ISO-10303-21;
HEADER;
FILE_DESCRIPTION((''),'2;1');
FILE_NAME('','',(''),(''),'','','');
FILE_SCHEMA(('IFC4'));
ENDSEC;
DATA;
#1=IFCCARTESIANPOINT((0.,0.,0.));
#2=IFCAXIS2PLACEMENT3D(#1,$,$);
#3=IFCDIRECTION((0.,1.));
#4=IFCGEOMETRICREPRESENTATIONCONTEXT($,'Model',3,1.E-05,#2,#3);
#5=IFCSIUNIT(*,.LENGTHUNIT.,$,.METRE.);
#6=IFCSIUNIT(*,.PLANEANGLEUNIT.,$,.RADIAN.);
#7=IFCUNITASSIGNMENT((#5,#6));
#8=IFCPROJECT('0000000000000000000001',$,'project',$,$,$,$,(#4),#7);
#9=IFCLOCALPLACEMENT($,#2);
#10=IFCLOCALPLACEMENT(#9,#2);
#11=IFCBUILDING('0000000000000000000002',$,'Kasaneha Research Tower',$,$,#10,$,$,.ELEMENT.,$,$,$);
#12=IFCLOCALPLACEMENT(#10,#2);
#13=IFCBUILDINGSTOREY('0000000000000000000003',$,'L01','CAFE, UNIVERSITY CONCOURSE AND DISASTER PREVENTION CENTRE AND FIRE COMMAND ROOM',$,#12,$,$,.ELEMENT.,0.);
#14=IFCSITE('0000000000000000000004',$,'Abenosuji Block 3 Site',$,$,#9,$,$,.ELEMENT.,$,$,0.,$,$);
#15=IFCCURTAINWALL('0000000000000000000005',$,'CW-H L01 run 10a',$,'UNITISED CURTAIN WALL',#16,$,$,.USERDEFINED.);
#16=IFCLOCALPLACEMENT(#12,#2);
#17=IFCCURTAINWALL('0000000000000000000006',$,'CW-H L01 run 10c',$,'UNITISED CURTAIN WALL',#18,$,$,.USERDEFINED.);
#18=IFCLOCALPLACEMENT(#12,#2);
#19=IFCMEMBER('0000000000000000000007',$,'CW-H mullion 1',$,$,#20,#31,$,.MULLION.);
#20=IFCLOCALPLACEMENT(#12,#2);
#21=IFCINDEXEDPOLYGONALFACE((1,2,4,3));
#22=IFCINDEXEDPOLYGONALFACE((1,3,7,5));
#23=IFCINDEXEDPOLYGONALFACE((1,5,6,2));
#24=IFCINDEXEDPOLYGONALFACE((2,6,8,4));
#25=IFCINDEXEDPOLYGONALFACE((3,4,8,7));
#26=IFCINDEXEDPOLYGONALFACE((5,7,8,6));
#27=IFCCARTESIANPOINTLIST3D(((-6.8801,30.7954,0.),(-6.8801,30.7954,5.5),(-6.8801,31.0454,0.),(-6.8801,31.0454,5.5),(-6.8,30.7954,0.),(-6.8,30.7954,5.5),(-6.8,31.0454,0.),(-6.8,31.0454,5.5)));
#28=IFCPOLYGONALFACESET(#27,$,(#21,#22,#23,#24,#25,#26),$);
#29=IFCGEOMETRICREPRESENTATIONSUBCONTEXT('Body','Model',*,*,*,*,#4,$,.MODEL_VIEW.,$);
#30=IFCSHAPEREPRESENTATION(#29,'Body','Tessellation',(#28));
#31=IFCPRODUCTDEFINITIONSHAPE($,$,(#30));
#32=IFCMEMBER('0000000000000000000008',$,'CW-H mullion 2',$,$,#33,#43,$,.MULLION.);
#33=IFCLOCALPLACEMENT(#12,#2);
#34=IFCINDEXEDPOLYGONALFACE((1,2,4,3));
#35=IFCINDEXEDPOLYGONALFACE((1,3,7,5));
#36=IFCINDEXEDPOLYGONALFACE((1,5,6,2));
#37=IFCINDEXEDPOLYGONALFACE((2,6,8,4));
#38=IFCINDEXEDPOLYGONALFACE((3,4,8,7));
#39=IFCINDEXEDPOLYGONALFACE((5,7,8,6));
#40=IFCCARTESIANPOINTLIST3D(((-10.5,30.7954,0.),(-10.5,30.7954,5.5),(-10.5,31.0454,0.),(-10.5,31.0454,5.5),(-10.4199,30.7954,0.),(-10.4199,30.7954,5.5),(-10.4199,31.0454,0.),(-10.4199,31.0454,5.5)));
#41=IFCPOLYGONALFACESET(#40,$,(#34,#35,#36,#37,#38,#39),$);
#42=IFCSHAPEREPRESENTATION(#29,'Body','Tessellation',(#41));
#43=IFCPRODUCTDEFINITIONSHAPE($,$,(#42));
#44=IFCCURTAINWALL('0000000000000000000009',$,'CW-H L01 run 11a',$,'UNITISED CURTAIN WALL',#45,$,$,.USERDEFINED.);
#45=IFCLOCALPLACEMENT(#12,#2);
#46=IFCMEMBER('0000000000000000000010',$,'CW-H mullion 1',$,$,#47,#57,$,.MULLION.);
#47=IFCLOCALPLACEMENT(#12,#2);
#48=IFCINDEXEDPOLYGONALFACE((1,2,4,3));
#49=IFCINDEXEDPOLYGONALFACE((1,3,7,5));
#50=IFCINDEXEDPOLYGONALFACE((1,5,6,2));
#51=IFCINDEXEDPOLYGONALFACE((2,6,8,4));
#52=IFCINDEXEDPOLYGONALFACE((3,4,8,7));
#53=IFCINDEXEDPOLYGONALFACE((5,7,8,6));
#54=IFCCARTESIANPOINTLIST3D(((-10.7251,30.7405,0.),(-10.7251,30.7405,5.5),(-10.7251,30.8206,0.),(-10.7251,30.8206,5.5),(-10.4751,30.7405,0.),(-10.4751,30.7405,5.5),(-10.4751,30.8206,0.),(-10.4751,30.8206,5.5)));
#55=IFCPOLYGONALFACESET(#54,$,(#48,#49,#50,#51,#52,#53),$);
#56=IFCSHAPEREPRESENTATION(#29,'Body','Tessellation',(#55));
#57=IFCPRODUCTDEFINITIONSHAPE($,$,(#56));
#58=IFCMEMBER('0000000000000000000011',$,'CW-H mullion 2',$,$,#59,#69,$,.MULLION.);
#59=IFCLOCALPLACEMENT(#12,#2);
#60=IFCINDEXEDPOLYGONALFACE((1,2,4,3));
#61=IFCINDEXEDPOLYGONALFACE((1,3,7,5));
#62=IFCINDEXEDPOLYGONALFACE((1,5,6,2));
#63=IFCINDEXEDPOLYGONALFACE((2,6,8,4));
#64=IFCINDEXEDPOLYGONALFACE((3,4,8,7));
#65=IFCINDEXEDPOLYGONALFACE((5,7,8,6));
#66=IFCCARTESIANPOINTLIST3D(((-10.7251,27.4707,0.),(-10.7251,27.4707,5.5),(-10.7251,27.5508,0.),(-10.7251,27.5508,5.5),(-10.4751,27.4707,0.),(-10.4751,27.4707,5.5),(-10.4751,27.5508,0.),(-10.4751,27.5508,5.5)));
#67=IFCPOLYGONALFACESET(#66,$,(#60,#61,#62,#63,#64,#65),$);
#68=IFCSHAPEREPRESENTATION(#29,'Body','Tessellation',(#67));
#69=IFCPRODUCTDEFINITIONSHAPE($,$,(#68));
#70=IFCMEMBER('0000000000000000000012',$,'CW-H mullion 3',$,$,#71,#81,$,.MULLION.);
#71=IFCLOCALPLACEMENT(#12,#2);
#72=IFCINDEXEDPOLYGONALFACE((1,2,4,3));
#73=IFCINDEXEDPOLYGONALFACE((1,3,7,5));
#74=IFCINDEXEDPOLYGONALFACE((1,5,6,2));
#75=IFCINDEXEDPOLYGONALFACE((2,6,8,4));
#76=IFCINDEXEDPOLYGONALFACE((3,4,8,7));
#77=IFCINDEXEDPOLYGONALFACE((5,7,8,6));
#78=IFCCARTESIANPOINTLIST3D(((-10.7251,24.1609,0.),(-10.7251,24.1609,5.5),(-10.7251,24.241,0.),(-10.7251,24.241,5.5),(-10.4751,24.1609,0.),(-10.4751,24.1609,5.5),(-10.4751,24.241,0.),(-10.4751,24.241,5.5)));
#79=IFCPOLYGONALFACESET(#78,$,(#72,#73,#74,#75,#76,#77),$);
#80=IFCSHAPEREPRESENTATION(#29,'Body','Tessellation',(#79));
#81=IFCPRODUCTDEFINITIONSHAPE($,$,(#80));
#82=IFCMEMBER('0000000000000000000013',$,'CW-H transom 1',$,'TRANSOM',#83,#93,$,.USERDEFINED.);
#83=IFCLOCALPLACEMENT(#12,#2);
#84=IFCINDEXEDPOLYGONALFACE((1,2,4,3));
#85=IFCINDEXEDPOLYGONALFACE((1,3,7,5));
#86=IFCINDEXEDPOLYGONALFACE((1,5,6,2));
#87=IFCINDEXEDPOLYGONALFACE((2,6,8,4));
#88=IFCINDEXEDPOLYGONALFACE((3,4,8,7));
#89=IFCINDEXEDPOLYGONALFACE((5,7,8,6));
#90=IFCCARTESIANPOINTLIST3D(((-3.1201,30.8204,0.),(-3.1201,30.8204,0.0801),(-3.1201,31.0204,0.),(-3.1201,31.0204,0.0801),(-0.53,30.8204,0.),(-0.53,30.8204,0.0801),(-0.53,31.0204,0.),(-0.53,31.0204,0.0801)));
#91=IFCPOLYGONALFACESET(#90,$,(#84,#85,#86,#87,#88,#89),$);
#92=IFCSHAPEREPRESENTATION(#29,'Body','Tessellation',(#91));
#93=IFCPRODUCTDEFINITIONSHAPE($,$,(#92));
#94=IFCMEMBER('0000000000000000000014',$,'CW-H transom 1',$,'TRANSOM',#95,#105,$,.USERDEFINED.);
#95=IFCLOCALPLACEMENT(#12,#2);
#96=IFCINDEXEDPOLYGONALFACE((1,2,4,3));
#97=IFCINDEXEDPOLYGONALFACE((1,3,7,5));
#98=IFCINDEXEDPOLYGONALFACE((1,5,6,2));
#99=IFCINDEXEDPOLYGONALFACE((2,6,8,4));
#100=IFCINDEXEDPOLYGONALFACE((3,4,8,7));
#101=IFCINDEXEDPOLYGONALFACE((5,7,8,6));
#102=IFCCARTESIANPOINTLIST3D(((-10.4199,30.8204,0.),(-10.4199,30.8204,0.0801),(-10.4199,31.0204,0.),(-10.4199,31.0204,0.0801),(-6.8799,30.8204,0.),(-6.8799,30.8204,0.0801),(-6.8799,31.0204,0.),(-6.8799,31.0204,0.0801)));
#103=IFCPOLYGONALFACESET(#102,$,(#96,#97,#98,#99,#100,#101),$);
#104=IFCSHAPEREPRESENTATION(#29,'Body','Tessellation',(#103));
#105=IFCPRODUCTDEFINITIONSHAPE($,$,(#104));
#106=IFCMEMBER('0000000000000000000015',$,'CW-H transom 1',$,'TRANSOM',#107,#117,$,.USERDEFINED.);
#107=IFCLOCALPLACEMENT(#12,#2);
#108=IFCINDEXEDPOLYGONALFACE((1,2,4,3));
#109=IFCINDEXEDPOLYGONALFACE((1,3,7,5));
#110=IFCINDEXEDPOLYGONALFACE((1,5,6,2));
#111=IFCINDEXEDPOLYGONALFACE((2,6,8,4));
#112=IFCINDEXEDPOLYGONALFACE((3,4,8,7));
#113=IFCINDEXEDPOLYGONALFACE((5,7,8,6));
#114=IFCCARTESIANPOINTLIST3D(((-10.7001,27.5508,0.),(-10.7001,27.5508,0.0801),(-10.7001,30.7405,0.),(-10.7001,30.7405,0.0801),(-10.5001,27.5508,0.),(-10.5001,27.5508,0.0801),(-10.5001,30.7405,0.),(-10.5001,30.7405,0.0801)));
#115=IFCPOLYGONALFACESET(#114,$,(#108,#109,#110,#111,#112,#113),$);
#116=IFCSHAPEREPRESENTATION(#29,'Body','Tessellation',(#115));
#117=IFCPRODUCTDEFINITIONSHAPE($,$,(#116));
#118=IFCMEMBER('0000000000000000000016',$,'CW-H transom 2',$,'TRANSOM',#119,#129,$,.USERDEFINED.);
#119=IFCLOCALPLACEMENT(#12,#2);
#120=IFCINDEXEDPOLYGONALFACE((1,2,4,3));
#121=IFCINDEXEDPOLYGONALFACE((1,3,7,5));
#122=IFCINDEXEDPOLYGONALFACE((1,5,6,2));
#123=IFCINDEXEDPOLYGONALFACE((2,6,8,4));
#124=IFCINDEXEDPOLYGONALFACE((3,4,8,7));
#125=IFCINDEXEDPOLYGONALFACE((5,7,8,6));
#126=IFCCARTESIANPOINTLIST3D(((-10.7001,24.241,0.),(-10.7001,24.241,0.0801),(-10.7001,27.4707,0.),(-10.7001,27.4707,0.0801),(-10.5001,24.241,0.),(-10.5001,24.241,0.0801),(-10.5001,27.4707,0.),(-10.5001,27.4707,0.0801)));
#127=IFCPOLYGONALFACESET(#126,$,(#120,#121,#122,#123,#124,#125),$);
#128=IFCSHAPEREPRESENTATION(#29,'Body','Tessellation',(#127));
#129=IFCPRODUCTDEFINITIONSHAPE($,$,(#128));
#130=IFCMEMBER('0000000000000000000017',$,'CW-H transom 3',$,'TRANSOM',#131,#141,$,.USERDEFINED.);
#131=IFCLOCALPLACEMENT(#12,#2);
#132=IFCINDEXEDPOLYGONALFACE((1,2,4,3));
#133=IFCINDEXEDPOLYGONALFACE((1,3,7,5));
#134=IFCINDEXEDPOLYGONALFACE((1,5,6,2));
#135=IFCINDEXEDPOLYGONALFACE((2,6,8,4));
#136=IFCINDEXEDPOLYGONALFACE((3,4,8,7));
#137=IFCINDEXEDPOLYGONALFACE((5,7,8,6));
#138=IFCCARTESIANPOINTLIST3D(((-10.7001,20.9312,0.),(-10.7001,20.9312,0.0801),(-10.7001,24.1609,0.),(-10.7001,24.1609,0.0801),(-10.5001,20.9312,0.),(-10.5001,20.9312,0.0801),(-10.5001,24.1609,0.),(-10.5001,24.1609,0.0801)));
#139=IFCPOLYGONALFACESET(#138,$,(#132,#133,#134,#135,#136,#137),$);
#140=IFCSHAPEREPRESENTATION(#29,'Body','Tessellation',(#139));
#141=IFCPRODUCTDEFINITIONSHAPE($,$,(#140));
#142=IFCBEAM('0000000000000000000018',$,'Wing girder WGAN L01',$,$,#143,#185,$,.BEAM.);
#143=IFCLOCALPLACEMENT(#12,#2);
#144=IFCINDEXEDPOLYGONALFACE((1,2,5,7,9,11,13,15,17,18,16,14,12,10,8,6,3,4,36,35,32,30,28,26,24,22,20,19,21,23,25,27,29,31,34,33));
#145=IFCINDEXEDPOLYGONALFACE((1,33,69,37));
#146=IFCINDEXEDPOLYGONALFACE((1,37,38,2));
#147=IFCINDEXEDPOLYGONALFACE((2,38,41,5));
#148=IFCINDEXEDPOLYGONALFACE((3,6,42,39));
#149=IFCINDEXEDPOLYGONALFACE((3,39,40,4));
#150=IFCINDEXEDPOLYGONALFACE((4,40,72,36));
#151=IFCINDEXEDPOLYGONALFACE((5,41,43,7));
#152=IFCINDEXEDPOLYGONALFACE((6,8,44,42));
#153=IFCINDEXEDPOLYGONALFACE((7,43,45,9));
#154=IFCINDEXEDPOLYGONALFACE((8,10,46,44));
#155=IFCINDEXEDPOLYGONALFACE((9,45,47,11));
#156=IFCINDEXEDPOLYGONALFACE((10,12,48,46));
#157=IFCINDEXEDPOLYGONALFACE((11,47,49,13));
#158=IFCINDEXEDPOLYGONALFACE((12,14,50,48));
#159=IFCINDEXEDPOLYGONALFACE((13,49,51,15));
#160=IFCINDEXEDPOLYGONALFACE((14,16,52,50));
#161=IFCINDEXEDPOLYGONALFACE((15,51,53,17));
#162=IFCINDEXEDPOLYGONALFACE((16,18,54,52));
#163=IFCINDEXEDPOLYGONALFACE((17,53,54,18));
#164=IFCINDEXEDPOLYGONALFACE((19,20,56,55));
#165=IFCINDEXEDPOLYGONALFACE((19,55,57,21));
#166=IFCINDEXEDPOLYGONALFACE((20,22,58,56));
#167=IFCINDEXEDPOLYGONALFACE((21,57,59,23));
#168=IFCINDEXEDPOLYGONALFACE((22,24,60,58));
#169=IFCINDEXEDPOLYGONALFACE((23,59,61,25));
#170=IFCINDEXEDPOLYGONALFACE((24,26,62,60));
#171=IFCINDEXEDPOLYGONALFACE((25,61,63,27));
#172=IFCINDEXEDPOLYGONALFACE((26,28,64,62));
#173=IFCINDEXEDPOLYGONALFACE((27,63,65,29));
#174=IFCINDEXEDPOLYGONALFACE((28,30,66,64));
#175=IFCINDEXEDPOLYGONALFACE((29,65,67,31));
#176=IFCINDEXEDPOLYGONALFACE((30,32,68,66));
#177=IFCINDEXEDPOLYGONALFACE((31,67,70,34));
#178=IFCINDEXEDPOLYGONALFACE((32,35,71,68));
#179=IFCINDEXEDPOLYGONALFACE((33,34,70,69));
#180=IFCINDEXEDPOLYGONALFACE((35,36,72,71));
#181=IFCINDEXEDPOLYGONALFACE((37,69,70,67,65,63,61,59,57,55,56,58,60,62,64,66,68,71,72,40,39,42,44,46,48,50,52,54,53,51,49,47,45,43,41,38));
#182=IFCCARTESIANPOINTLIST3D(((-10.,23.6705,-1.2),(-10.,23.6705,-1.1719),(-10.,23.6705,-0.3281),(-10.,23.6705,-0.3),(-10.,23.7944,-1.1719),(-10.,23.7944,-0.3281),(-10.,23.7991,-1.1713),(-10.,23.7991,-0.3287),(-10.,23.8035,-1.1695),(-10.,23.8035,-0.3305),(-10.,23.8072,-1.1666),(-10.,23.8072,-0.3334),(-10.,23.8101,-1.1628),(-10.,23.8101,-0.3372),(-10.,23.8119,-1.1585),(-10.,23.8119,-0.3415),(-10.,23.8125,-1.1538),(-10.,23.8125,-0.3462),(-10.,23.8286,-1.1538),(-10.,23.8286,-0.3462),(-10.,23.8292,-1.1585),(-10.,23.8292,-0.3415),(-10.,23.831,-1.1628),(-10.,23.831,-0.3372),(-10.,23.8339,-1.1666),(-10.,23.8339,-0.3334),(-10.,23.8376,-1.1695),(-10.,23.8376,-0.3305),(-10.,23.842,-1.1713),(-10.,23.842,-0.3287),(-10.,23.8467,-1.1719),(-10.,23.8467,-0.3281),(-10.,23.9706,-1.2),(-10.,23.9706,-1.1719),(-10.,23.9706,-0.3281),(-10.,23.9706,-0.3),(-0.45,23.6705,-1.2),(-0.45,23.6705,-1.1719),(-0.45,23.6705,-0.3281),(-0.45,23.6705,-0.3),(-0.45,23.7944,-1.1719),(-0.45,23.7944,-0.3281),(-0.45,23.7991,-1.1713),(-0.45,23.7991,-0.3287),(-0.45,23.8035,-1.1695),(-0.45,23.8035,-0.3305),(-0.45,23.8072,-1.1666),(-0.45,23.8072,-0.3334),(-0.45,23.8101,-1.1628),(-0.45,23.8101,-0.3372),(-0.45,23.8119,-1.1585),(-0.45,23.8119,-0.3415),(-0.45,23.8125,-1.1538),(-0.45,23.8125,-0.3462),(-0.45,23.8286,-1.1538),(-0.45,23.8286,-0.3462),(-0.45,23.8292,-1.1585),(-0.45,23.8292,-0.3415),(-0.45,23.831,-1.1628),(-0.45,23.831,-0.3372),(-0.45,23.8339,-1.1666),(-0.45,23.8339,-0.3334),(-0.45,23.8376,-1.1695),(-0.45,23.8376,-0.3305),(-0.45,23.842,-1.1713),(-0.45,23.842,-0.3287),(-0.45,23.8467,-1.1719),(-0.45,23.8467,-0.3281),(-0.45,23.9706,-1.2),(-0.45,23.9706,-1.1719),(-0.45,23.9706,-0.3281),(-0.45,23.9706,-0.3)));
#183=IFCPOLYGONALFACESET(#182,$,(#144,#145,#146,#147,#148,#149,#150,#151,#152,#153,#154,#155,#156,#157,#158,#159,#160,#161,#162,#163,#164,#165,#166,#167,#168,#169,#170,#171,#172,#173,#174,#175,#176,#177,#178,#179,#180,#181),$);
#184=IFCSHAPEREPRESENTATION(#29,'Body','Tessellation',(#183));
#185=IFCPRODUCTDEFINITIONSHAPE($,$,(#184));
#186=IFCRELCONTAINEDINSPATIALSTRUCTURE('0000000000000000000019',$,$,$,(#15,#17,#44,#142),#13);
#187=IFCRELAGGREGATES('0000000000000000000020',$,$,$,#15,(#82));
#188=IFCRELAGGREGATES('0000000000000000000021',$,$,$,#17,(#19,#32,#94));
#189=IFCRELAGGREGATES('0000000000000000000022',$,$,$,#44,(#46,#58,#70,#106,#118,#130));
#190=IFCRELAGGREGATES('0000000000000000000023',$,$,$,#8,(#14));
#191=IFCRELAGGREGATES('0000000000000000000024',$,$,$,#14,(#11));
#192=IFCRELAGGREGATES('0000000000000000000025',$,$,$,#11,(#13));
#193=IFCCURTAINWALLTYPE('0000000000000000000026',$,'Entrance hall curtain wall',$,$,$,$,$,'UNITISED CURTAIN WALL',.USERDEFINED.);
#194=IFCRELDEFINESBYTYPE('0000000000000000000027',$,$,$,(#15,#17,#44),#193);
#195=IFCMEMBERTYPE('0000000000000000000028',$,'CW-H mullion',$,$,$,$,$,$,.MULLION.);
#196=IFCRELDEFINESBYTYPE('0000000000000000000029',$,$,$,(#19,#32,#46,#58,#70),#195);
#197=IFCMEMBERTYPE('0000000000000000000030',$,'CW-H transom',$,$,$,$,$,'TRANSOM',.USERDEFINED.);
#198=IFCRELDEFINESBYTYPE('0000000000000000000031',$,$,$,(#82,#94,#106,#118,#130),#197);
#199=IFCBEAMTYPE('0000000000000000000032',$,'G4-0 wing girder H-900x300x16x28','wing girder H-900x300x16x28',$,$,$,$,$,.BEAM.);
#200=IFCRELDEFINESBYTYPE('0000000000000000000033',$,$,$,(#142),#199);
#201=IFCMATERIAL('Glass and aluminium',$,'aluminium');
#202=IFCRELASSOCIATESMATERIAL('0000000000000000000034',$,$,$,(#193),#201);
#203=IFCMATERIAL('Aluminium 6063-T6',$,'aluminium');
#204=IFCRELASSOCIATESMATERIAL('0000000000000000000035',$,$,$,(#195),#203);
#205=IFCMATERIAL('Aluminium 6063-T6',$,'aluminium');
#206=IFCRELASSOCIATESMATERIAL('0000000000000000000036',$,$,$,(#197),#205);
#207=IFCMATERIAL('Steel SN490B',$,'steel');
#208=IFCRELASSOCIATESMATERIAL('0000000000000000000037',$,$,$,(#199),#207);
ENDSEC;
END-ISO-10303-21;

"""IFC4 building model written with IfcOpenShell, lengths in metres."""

from ifc_helpers import new_model, si_unit, direction, frame, origin, origin_2d, place, context, subcontext, project, spatial, rectangle, i_section, extrude, material, material_profile, profile_set, type_object, element, aggregate, save


model = new_model("IFC4")

# Units and contexts
model_context = context("Model", 3, precision=1e-05, world=origin(), true_north=direction((0.0, 1.0)))
body_context = subcontext(model_context, "Body", "Model", "MODEL_VIEW")
ifc_project = project(units=[si_unit("LENGTHUNIT", "METRE"), si_unit("PLANEANGLEUNIT", "RADIAN")], contexts=[model_context])

# Site, building, storey
site_placement = place(None, origin())
site = spatial("IfcSite", under=ifc_project, at=site_placement, Name="Abenosuji Block 3 Site", CompositionType="ELEMENT", RefElevation=0.0)
building_placement = place(site_placement, origin())
building = spatial("IfcBuilding", under=site, at=building_placement, Name="Kasaneha Research Tower", CompositionType="ELEMENT")
storey_placement = place(building_placement, origin())
storey = spatial("IfcBuildingStorey", under=building, at=storey_placement, Name="L01", Description="CAFE, UNIVERSITY CONCOURSE AND DISASTER PREVENTION CENTRE AND FIRE COMMAND ROOM", CompositionType="ELEMENT", Elevation=0.0)

# Curtain walls, members
ifc_material_1 = material(Name="Glass and aluminium", Category="aluminium")
curtain_wall_type = type_object("IfcCurtainWallType", Name="Entrance hall curtain wall", ElementType="UNITISED CURTAIN WALL", PredefinedType="USERDEFINED", material=ifc_material_1)
curtain_wall_1_placement = place(storey_placement, origin())
curtain_wall_1 = element("IfcCurtainWall", 1, at=curtain_wall_1_placement, inside=storey, type_object=curtain_wall_type, Name="CW-H L01 run 10a", ObjectType="UNITISED CURTAIN WALL", PredefinedType="USERDEFINED")
ifc_material_2 = material(Name="Aluminium 6063-T6", Category="aluminium")
ifc_material_profile_1 = material_profile(ifc_material_2, rectangle(XDim=0.0801, YDim=0.25, at=origin_2d()), Name="CW-H mullion 80x250")
ifc_profile_set_1 = profile_set([ifc_material_profile_1], Name="Aluminium 6063-T6")
member_type_1 = type_object("IfcMemberType", Name="CW-H mullion", PredefinedType="MULLION", material=ifc_profile_set_1)
curtain_wall_2_placement = place(storey_placement, origin())
curtain_wall_2 = element("IfcCurtainWall", 2, at=curtain_wall_2_placement, inside=storey, type_object=curtain_wall_type, Name="CW-H L01 run 10c", ObjectType="UNITISED CURTAIN WALL", PredefinedType="USERDEFINED")
member_1_placement = place(storey_placement, frame((-6.8401, 30.9204, 0.0), z_axis=(0.0, 0.0, 1.0), x_axis=(-1.0, 0.0, 0.0)))
member_1 = element("IfcMember", 3, at=member_1_placement, type_object=member_type_1, Name="CW-H mullion 1", PredefinedType="MULLION", context=body_context, shape_type="SweptSolid", body=[
    extrude(rectangle(XDim=0.0801, YDim=0.25, at=origin_2d()), origin(), (0.0, 0.0, 1.0), 5.5),
])
member_2_placement = place(storey_placement, frame((-10.46, 30.9204, 0.0), z_axis=(0.0, 0.0, 1.0), x_axis=(-1.0, 0.0, 0.0)))
member_2 = element("IfcMember", 4, at=member_2_placement, type_object=member_type_1, Name="CW-H mullion 2", PredefinedType="MULLION", context=body_context, shape_type="SweptSolid", body=[
    extrude(rectangle(XDim=0.0801, YDim=0.25, at=origin_2d()), origin(), (0.0, 0.0, 1.0), 5.5),
])
curtain_wall_3_placement = place(storey_placement, origin())
curtain_wall_3 = element("IfcCurtainWall", 5, at=curtain_wall_3_placement, inside=storey, type_object=curtain_wall_type, Name="CW-H L01 run 11a", ObjectType="UNITISED CURTAIN WALL", PredefinedType="USERDEFINED")
member_3_placement = place(storey_placement, frame((-10.6001, 30.7805, 0.0), z_axis=(0.0, 0.0, 1.0), x_axis=(0.0, -1.0, 0.0)))
member_3 = element("IfcMember", 6, at=member_3_placement, type_object=member_type_1, Name="CW-H mullion 1", PredefinedType="MULLION", context=body_context, shape_type="SweptSolid", body=[
    extrude(rectangle(XDim=0.0801, YDim=0.25, at=origin_2d()), origin(), (0.0, 0.0, 1.0), 5.5),
])
member_4_placement = place(storey_placement, frame((-10.6001, 27.5107, 0.0), z_axis=(0.0, 0.0, 1.0), x_axis=(0.0, -1.0, 0.0)))
member_4 = element("IfcMember", 7, at=member_4_placement, type_object=member_type_1, Name="CW-H mullion 2", PredefinedType="MULLION", context=body_context, shape_type="SweptSolid", body=[
    extrude(rectangle(XDim=0.0801, YDim=0.25, at=origin_2d()), origin(), (0.0, 0.0, 1.0), 5.5),
])
member_5_placement = place(storey_placement, frame((-10.6001, 24.2009, 0.0), z_axis=(0.0, 0.0, 1.0), x_axis=(0.0, -1.0, 0.0)))
member_5 = element("IfcMember", 8, at=member_5_placement, type_object=member_type_1, Name="CW-H mullion 3", PredefinedType="MULLION", context=body_context, shape_type="SweptSolid", body=[
    extrude(rectangle(XDim=0.0801, YDim=0.25, at=origin_2d()), origin(), (0.0, 0.0, 1.0), 5.5),
])

# Members
ifc_material_3 = material(Name="Aluminium 6063-T6", Category="aluminium")
ifc_material_profile_2 = material_profile(ifc_material_3, rectangle(XDim=0.2, YDim=0.0801, at=origin_2d()), Name="CW-H transom 200x80")
ifc_profile_set_2 = profile_set([ifc_material_profile_2], Name="Aluminium 6063-T6")
member_type_2 = type_object("IfcMemberType", Name="CW-H transom", ElementType="TRANSOM", PredefinedType="USERDEFINED", material=ifc_profile_set_2)
member_6_placement = place(storey_placement, frame((-0.53, 30.9204, 0.04), z_axis=(-1.0, 0.0, 0.0), x_axis=(0.0, -1.0, 0.0)))
member_6 = element("IfcMember", 9, at=member_6_placement, type_object=member_type_2, Name="CW-H transom 1", ObjectType="TRANSOM", PredefinedType="USERDEFINED", context=body_context, shape_type="SweptSolid", body=[
    extrude(rectangle(XDim=0.2, YDim=0.0801, at=origin_2d()), origin(), (0.0, 0.0, 1.0), 2.5901),
])
member_7_placement = place(storey_placement, frame((-6.8799, 30.9204, 0.04), z_axis=(-1.0, 0.0, 0.0), x_axis=(0.0, -1.0, 0.0)))
member_7 = element("IfcMember", 10, at=member_7_placement, type_object=member_type_2, Name="CW-H transom 1", ObjectType="TRANSOM", PredefinedType="USERDEFINED", context=body_context, shape_type="SweptSolid", body=[
    extrude(rectangle(XDim=0.2, YDim=0.0801, at=origin_2d()), origin(), (0.0, 0.0, 1.0), 3.54),
])
member_8_placement = place(storey_placement, frame((-10.6001, 30.7405, 0.04), z_axis=(0.0, -1.0, 0.0), x_axis=(1.0, 0.0, 0.0)))
member_8 = element("IfcMember", 11, at=member_8_placement, type_object=member_type_2, Name="CW-H transom 1", ObjectType="TRANSOM", PredefinedType="USERDEFINED", context=body_context, shape_type="SweptSolid", body=[
    extrude(rectangle(XDim=0.2, YDim=0.0801, at=origin_2d()), origin(), (0.0, 0.0, 1.0), 3.1897),
])
member_9_placement = place(storey_placement, frame((-10.6001, 27.4707, 0.04), z_axis=(0.0, -1.0, 0.0), x_axis=(1.0, 0.0, 0.0)))
member_9 = element("IfcMember", 12, at=member_9_placement, type_object=member_type_2, Name="CW-H transom 2", ObjectType="TRANSOM", PredefinedType="USERDEFINED", context=body_context, shape_type="SweptSolid", body=[
    extrude(rectangle(XDim=0.2, YDim=0.0801, at=origin_2d()), origin(), (0.0, 0.0, 1.0), 3.2297),
])
member_10_placement = place(storey_placement, frame((-10.6001, 24.1609, 0.04), z_axis=(0.0, -1.0, 0.0), x_axis=(1.0, 0.0, 0.0)))
member_10 = element("IfcMember", 13, at=member_10_placement, type_object=member_type_2, Name="CW-H transom 3", ObjectType="TRANSOM", PredefinedType="USERDEFINED", context=body_context, shape_type="SweptSolid", body=[
    extrude(rectangle(XDim=0.2, YDim=0.0801, at=origin_2d()), origin(), (0.0, 0.0, 1.0), 3.2297),
])

# Beam
ifc_material_4 = material(Name="Steel SN490B", Category="steel")
ifc_material_profile_3 = material_profile(ifc_material_4, i_section(OverallWidth=0.3, OverallDepth=0.8999, WebThickness=0.0161, FlangeThickness=0.0281, FilletRadius=0.0181, at=origin_2d()), Name="H-900x300x16x28")
ifc_profile_set_3 = profile_set([ifc_material_profile_3], Name="Steel SN490B")
beam_type_1 = type_object("IfcBeamType", Name="G4-0 wing girder H-900x300x16x28", Description="wing girder H-900x300x16x28", PredefinedType="BEAM", material=ifc_profile_set_3)
beam_1_placement = place(storey_placement, frame((-10.0, 23.8206, -0.75), z_axis=(1.0, 0.0, 0.0), x_axis=(0.0, 1.0, 0.0)))
element("IfcBeam", 14, at=beam_1_placement, inside=storey, type_object=beam_type_1, Name="Wing girder WGAN L01", PredefinedType="BEAM", context=body_context, shape_type="SweptSolid", body=[
    extrude(i_section(OverallWidth=0.3, OverallDepth=0.8999, WebThickness=0.0161, FlangeThickness=0.0281, FilletRadius=0.0181, at=origin_2d()), origin(), (0.0, 0.0, 1.0), 9.55),
])

aggregate(curtain_wall_1, [member_6])
aggregate(curtain_wall_2, [member_1, member_2, member_7])
aggregate(curtain_wall_3, [member_3, member_4, member_5, member_8, member_9, member_10])

save(model, "model.ifc")
